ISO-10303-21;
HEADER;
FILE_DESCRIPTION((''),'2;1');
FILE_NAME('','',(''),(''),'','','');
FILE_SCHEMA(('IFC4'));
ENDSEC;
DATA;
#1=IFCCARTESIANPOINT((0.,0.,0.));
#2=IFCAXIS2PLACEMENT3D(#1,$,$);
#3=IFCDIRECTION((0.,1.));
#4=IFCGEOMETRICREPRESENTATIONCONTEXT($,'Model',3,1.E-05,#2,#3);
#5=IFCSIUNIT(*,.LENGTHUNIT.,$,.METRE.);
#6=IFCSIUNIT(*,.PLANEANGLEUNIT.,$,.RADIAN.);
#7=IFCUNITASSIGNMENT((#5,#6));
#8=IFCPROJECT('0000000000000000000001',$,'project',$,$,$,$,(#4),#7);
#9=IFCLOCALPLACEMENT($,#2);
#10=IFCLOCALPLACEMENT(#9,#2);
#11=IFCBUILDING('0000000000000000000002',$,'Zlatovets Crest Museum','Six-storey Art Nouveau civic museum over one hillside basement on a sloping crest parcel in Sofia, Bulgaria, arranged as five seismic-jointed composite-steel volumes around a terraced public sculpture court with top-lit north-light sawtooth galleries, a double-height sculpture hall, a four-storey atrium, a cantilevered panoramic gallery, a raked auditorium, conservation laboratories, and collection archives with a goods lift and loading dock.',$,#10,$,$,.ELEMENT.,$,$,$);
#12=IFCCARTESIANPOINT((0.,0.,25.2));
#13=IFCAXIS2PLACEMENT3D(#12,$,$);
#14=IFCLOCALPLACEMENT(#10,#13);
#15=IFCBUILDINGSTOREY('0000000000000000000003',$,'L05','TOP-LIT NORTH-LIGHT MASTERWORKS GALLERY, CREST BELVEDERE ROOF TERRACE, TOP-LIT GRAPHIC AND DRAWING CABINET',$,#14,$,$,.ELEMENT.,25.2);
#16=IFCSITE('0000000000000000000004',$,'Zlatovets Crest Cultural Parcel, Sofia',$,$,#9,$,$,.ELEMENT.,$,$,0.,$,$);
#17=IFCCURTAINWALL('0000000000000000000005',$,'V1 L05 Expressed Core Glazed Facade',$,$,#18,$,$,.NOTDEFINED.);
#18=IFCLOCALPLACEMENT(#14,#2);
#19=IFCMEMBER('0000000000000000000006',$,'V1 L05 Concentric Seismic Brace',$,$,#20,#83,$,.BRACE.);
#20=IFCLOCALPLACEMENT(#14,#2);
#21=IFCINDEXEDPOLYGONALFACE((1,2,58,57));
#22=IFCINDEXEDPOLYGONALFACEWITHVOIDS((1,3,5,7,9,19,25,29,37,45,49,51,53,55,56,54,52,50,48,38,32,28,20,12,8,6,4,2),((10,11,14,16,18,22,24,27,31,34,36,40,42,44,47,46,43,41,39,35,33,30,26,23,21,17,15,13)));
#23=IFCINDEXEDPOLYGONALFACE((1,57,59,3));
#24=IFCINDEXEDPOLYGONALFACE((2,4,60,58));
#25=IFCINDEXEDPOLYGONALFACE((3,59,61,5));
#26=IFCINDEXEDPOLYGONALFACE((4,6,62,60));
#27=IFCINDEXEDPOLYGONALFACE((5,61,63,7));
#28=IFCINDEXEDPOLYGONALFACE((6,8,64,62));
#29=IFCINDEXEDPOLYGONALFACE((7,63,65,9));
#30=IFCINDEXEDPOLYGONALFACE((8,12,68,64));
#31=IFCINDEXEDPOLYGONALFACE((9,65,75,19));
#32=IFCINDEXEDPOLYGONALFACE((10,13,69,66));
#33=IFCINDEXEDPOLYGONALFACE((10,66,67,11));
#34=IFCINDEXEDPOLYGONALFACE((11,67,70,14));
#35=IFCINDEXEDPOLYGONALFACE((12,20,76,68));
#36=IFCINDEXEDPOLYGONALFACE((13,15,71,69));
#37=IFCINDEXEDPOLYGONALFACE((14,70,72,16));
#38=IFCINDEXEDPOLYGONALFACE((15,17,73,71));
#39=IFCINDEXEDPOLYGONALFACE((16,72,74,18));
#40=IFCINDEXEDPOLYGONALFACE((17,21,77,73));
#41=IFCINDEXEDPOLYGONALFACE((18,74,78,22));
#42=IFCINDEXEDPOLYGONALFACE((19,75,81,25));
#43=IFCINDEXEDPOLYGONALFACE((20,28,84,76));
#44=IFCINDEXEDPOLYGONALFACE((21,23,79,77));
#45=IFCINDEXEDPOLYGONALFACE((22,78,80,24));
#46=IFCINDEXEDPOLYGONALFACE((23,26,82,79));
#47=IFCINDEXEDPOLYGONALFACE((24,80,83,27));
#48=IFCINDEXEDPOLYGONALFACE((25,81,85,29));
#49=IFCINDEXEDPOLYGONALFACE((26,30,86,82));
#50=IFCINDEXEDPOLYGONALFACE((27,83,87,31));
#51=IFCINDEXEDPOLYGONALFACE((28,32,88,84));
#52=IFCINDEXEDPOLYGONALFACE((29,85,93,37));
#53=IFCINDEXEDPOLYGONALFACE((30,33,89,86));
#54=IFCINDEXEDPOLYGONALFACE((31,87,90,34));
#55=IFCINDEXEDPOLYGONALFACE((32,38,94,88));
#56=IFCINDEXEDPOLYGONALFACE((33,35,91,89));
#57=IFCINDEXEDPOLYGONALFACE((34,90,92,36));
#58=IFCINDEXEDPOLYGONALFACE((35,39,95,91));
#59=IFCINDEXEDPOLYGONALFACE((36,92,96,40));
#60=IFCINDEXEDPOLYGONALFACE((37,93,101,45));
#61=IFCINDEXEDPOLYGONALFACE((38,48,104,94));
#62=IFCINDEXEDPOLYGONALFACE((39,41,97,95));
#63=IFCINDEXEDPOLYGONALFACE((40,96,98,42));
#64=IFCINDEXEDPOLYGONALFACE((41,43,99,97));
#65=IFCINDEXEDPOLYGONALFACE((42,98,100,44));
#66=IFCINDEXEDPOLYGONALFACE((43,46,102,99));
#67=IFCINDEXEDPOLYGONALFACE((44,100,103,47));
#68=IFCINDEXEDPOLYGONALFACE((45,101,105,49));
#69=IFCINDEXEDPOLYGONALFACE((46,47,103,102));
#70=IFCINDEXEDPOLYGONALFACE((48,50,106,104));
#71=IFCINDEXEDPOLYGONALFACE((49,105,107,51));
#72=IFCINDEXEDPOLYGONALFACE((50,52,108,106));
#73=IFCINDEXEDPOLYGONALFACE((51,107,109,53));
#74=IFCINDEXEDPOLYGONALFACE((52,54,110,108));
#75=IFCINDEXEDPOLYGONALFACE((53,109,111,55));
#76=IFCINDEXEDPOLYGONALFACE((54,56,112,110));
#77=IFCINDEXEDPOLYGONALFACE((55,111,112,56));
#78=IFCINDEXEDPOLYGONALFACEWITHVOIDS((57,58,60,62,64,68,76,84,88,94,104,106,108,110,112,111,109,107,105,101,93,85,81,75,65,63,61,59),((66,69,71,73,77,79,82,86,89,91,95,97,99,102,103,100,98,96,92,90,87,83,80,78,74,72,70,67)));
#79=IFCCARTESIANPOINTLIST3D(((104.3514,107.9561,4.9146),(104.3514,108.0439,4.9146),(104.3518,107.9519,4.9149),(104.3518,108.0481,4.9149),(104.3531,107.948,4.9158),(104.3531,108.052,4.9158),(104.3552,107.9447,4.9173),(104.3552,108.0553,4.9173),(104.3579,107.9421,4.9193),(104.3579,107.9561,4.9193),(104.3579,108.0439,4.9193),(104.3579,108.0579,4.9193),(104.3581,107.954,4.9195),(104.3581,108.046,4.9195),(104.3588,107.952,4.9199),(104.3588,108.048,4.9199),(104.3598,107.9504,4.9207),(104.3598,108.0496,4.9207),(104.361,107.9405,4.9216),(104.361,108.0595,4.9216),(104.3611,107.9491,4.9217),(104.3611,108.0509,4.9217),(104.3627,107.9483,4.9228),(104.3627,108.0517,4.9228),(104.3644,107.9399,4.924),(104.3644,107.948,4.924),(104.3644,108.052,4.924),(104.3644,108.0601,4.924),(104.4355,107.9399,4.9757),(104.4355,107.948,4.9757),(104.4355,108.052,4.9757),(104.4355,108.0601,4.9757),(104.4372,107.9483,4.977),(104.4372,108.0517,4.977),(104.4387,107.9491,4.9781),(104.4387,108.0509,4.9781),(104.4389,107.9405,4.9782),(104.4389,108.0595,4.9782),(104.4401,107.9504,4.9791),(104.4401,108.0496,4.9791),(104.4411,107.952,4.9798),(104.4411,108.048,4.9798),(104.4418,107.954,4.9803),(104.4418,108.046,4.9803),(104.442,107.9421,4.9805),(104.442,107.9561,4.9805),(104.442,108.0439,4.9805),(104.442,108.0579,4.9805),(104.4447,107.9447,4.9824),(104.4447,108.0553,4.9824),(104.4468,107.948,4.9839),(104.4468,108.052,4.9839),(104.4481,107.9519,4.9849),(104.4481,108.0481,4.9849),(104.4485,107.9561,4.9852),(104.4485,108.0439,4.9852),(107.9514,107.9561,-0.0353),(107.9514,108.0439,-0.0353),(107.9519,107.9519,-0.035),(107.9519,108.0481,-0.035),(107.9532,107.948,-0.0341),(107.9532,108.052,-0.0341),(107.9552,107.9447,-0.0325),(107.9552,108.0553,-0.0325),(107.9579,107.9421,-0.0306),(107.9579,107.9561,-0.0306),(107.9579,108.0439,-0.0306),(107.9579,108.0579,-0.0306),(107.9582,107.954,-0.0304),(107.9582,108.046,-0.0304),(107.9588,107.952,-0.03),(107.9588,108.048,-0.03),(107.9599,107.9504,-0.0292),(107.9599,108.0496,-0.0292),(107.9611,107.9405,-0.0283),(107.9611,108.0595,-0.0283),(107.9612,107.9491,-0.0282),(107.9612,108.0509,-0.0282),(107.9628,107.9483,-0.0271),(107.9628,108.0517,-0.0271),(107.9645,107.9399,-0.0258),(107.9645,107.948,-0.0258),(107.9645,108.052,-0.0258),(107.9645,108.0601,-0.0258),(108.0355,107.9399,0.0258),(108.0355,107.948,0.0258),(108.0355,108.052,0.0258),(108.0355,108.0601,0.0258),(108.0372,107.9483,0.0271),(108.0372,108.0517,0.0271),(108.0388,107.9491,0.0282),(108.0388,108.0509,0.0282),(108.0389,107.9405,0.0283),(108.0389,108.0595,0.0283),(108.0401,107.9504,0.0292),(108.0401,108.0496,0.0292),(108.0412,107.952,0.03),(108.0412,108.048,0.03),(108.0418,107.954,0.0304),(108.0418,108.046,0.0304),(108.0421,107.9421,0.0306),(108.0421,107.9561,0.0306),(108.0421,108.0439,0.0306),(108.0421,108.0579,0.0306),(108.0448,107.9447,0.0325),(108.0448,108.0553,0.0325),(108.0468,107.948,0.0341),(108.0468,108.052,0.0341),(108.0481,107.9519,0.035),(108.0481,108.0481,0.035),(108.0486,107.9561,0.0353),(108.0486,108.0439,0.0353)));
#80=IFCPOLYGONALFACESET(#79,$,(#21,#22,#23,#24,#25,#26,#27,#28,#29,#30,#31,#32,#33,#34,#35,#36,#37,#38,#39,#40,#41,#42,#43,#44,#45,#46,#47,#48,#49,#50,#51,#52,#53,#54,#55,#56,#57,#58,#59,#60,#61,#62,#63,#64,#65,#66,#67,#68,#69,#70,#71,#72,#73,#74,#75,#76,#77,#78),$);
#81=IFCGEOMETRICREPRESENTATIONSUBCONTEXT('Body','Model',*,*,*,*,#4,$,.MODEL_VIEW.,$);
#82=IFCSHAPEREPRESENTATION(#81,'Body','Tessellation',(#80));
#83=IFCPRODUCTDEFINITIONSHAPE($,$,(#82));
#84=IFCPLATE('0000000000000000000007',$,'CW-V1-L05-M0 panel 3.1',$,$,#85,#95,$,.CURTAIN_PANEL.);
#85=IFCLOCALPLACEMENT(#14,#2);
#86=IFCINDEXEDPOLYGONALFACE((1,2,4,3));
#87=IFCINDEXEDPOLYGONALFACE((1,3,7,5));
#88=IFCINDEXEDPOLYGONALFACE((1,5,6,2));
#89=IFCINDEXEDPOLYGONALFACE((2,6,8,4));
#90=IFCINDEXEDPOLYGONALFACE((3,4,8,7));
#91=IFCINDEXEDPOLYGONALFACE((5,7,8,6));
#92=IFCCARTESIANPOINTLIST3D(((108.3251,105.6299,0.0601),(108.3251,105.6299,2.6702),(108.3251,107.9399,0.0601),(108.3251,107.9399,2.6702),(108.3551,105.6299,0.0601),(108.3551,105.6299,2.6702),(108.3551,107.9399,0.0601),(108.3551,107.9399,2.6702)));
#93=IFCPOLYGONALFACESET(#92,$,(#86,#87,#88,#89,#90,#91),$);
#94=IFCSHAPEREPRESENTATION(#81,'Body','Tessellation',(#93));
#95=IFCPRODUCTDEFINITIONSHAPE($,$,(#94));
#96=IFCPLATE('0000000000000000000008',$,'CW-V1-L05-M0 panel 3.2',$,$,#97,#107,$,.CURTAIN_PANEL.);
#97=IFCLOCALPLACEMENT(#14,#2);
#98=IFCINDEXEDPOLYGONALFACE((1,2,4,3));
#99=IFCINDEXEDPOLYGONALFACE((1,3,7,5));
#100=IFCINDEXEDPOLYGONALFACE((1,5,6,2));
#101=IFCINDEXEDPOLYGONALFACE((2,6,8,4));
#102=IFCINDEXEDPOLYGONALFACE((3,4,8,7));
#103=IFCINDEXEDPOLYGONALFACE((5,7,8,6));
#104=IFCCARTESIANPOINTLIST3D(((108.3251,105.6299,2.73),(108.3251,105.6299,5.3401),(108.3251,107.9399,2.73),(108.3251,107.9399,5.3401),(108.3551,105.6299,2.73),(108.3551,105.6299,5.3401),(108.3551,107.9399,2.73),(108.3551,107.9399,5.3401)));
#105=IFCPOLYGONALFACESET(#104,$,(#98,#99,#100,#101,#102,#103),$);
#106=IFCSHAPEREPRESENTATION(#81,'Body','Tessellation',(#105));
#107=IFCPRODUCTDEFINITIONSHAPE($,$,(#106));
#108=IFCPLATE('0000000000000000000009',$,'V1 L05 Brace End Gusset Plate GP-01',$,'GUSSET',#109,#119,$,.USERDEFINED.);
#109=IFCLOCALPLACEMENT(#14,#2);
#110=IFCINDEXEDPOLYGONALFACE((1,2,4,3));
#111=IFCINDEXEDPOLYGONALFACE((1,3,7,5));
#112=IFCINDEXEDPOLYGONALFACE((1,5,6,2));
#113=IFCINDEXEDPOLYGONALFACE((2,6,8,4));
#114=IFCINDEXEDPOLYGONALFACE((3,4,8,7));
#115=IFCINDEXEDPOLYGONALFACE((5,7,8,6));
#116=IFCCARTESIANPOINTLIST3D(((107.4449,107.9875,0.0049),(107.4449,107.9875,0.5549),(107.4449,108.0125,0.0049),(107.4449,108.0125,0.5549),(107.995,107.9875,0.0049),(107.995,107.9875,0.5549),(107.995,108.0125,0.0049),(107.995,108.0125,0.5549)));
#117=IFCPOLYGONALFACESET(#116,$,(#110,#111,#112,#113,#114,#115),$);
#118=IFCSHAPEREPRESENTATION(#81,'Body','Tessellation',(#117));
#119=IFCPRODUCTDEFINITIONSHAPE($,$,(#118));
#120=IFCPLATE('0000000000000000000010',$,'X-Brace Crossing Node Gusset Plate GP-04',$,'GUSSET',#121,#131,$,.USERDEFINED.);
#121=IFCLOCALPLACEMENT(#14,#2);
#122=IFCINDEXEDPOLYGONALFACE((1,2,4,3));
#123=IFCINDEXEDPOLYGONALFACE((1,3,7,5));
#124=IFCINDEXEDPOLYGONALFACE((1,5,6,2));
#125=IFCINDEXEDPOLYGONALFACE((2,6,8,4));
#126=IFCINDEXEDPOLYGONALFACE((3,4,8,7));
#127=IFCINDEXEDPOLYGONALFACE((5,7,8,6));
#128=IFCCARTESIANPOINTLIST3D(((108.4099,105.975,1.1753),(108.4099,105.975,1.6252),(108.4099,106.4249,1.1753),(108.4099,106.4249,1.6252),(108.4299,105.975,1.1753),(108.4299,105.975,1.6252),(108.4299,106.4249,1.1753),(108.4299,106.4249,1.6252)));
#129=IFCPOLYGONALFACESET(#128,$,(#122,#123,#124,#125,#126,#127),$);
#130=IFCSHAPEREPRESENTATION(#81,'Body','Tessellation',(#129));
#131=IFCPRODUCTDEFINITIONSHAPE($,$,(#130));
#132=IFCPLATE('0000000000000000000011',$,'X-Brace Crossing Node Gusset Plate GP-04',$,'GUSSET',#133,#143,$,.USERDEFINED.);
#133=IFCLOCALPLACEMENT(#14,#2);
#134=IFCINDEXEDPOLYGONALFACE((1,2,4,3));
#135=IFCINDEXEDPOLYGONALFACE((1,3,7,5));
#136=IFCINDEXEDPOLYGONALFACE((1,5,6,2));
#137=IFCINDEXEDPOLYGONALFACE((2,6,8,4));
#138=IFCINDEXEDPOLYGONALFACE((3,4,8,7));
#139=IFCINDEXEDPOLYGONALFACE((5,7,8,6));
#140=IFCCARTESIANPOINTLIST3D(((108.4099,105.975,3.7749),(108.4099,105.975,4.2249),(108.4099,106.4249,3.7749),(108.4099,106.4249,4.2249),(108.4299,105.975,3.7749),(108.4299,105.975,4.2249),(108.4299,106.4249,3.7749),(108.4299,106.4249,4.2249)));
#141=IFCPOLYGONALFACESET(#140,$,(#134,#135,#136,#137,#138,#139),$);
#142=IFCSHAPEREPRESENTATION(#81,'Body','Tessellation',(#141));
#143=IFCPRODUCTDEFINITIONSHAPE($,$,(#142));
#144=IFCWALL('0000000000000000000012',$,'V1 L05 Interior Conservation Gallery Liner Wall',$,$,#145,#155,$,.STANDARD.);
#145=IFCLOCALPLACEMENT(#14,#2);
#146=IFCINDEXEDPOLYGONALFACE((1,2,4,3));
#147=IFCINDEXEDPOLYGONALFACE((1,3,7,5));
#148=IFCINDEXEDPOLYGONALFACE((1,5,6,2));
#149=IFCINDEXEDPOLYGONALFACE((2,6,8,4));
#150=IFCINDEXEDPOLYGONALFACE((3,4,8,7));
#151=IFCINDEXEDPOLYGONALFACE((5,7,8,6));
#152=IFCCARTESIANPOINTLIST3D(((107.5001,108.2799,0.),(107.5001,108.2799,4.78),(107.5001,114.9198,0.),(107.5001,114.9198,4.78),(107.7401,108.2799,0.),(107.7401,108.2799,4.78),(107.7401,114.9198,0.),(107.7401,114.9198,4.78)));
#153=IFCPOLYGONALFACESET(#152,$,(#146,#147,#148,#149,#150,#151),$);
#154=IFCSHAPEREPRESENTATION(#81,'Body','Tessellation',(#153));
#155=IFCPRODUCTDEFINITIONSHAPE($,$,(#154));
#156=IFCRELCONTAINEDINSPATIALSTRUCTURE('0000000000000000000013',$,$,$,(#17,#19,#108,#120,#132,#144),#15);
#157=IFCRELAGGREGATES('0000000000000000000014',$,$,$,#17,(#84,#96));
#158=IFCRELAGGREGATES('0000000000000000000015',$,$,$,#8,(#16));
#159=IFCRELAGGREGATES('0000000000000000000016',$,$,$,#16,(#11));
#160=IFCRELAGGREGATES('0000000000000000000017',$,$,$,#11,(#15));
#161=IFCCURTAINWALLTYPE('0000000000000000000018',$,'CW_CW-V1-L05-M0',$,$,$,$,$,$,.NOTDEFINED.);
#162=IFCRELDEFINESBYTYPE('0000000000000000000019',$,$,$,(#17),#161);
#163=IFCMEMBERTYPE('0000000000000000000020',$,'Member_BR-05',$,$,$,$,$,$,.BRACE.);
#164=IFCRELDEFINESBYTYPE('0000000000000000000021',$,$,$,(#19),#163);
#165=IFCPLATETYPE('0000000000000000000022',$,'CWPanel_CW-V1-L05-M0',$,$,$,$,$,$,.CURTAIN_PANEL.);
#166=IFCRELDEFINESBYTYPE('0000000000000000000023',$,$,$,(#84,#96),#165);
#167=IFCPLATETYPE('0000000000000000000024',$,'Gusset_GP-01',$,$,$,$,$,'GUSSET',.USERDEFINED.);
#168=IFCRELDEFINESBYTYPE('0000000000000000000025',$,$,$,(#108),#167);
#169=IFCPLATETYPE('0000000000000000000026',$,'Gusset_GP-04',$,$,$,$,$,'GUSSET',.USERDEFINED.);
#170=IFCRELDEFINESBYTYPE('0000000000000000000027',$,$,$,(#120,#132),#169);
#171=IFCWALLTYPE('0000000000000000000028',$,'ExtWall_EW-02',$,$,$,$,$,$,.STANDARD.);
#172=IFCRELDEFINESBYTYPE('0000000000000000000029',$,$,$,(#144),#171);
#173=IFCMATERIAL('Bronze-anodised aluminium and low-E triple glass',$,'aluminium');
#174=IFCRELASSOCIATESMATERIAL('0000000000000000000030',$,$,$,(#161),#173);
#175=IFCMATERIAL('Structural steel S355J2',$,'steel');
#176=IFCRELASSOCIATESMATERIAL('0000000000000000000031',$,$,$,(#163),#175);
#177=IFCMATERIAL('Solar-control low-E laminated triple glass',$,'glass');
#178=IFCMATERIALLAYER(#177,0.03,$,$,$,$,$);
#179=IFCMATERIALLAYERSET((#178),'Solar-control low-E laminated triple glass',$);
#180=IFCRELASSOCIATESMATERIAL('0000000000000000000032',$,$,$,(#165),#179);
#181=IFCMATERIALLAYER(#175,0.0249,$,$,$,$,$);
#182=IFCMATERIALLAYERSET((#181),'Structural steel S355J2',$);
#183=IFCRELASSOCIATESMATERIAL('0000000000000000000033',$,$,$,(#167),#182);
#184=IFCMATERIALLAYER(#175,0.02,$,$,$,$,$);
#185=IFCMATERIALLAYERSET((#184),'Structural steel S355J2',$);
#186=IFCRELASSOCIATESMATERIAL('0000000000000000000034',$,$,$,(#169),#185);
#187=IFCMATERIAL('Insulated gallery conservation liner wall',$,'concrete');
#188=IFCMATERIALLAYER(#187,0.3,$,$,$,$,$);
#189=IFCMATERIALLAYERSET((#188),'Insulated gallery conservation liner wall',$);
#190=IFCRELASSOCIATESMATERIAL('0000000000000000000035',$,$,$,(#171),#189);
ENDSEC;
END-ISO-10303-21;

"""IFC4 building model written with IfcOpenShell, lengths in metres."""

from ifc_helpers import new_model, si_unit, direction, frame, frame_2d, origin, origin_2d, place, context, subcontext, project, spatial, rectangle, hollow_rectangle, extrude, material, layer, layer_set, material_profile, profile_set, type_object, element, aggregate, save


model = new_model("IFC4")

# Units and contexts
model_context = context("Model", 3, precision=1e-05, world=origin(), true_north=direction((0.0, 1.0)))
body_context = subcontext(model_context, "Body", "Model", "MODEL_VIEW")
ifc_project = project(units=[si_unit("LENGTHUNIT", "METRE"), si_unit("PLANEANGLEUNIT", "RADIAN")], contexts=[model_context])

# Site, building, storey
site_placement = place(None, origin())
site = spatial("IfcSite", under=ifc_project, at=site_placement, Name="Zlatovets Crest Cultural Parcel, Sofia", CompositionType="ELEMENT", RefElevation=0.0)
building_placement = place(site_placement, origin())
building = spatial("IfcBuilding", under=site, at=building_placement, Name="Zlatovets Crest Museum", Description="Six-storey Art Nouveau civic museum over one hillside basement on a sloping crest parcel in Sofia, Bulgaria, arranged as five seismic-jointed composite-steel volumes around a terraced public sculpture court with top-lit north-light sawtooth galleries, a double-height sculpture hall, a four-storey atrium, a cantilevered panoramic gallery, a raked auditorium, conservation laboratories, and collection archives with a goods lift and loading dock.", CompositionType="ELEMENT")
storey_placement = place(building_placement, frame((0.0, 0.0, 25.2)))
storey = spatial("IfcBuildingStorey", under=building, at=storey_placement, Name="L05", Description="TOP-LIT NORTH-LIGHT MASTERWORKS GALLERY, CREST BELVEDERE ROOF TERRACE, TOP-LIT GRAPHIC AND DRAWING CABINET", CompositionType="ELEMENT", Elevation=25.2)

# Shared definitions
ifc_material_1 = material(Name="Structural steel S355J2", Category="steel")

# Curtain wall
ifc_material_2 = material(Name="Bronze-anodised aluminium and low-E triple glass", Category="aluminium")
curtain_wall_type = type_object("IfcCurtainWallType", Name="CW_CW-V1-L05-M0", PredefinedType="NOTDEFINED", material=ifc_material_2)
curtain_wall_placement = place(storey_placement, origin())
curtain_wall = element("IfcCurtainWall", 1, at=curtain_wall_placement, inside=storey, type_object=curtain_wall_type, Name="V1 L05 Expressed Core Glazed Facade", PredefinedType="NOTDEFINED")

# Member
ifc_material_profile_1 = material_profile(ifc_material_1, hollow_rectangle(XDim=0.1201, YDim=0.1201, WallThickness=0.0081, InnerFilletRadius=0.0081, OuterFilletRadius=0.0161, at=origin_2d()), Name="SHS 120x120x8.0")
ifc_profile_set_1 = profile_set([ifc_material_profile_1], Name="Structural steel S355J2")
member_type_1 = type_object("IfcMemberType", Name="Member_BR-05", PredefinedType="BRACE", material=ifc_profile_set_1)
member_1_placement = place(storey_placement, frame((108.0, 108.0, 0.0), z_axis=(-0.588186, 0.0, 0.808726), x_axis=(0.0, -1.0, 0.0)))
element("IfcMember", 2, at=member_1_placement, inside=storey, type_object=member_type_1, Name="V1 L05 Concentric Seismic Brace", PredefinedType="BRACE", context=body_context, shape_type="SweptSolid", body=[
    extrude(hollow_rectangle(XDim=0.1201, YDim=0.1201, WallThickness=0.0081, InnerFilletRadius=0.0081, OuterFilletRadius=0.0161, at=origin_2d()), origin(), (0.0, 0.0, 1.0), 6.1206),
])

# Plates
ifc_material_3 = material(Name="Solar-control low-E laminated triple glass", Category="glass")
ifc_layer_1 = layer(ifc_material_3, 0.03)
ifc_layer_set_1 = layer_set([ifc_layer_1], Name="Solar-control low-E laminated triple glass")
plate_type_1 = type_object("IfcPlateType", Name="CWPanel_CW-V1-L05-M0", PredefinedType="CURTAIN_PANEL", material=ifc_layer_set_1)
plate_1_placement = place(storey_placement, frame((108.3401, 106.7849, 0.0601), z_axis=(0.0, 0.0, 1.0), x_axis=(0.0, 1.0, 0.0)))
plate_1 = element("IfcPlate", 3, at=plate_1_placement, type_object=plate_type_1, Name="CW-V1-L05-M0 panel 3.1", PredefinedType="CURTAIN_PANEL", context=body_context, shape_type="SweptSolid", body=[
    extrude(rectangle(XDim=2.3101, YDim=0.03, at=origin_2d()), origin(), (0.0, 0.0, 1.0), 2.6101),
])
plate_2_placement = place(storey_placement, frame((108.3401, 106.7849, 2.73), z_axis=(0.0, 0.0, 1.0), x_axis=(0.0, 1.0, 0.0)))
plate_2 = element("IfcPlate", 4, at=plate_2_placement, type_object=plate_type_1, Name="CW-V1-L05-M0 panel 3.2", PredefinedType="CURTAIN_PANEL", context=body_context, shape_type="SweptSolid", body=[
    extrude(rectangle(XDim=2.3101, YDim=0.03, at=origin_2d()), origin(), (0.0, 0.0, 1.0), 2.6101),
])
aggregate(curtain_wall, [plate_1, plate_2])

# Plates
ifc_layer_2 = layer(ifc_material_1, 0.0249)
ifc_layer_set_2 = layer_set([ifc_layer_2], Name="Structural steel S355J2")
plate_type_2 = type_object("IfcPlateType", Name="Gusset_GP-01", ElementType="GUSSET", PredefinedType="USERDEFINED", material=ifc_layer_set_2)
plate_3_placement = place(storey_placement, frame((107.72, 108.0, 0.0049), z_axis=(0.0, 0.0, 1.0), x_axis=(1.0, 0.0, 0.0)))
element("IfcPlate", 5, at=plate_3_placement, inside=storey, type_object=plate_type_2, Name="V1 L05 Brace End Gusset Plate GP-01", ObjectType="GUSSET", PredefinedType="USERDEFINED", context=body_context, shape_type="SweptSolid", body=[
    extrude(rectangle(XDim=0.55, YDim=0.0249, at=origin_2d()), origin(), (0.0, 0.0, 1.0), 0.55),
])
ifc_layer_3 = layer(ifc_material_1, 0.02)
ifc_layer_set_3 = layer_set([ifc_layer_3], Name="Structural steel S355J2")
plate_type_3 = type_object("IfcPlateType", Name="Gusset_GP-04", ElementType="GUSSET", PredefinedType="USERDEFINED", material=ifc_layer_set_3)
for number, where, z_axis, x_axis, name in (
    (6, (108.4199, 106.2, 1.1753), (0.0, 0.0, 1.0), (1.0, 0.0, 0.0), "X-Brace Crossing Node Gusset Plate GP-04"),
    (7, (108.4199, 106.2, 3.7749), (0.0, 0.0, 1.0), (1.0, 0.0, 0.0), "X-Brace Crossing Node Gusset Plate GP-04"),
):
    element("IfcPlate", number, at=place(storey_placement, frame(where, z_axis=z_axis, x_axis=x_axis)), inside=storey, type_object=plate_type_3, Name=name, ObjectType="GUSSET", PredefinedType="USERDEFINED", context=body_context, shape_type="SweptSolid", body=[
        extrude(rectangle(XDim=0.02, YDim=0.45, at=origin_2d()), origin(), (0.0, 0.0, 1.0), 0.45),
    ])

# Wall
ifc_material_4 = material(Name="Insulated gallery conservation liner wall", Category="concrete")
ifc_layer_4 = layer(ifc_material_4, 0.3)
ifc_layer_set_4 = layer_set([ifc_layer_4], Name="Insulated gallery conservation liner wall")
wall_type_1 = type_object("IfcWallType", Name="ExtWall_EW-02", PredefinedType="STANDARD", material=ifc_layer_set_4)
wall_1_placement = place(storey_placement, frame((107.6201, 108.28, 0.0), z_axis=(0.0, 0.0, 1.0), x_axis=(0.0, 1.0, 0.0)))
element("IfcWall", 8, at=wall_1_placement, inside=storey, type_object=wall_type_1, Name="V1 L05 Interior Conservation Gallery Liner Wall", PredefinedType="STANDARD", context=body_context, shape_type="SweptSolid", body=[
    extrude(rectangle(XDim=6.6399, YDim=0.24, at=frame_2d((3.3198, 0.0))), origin(), (0.0, 0.0, 1.0), 4.78),
])

save(model, "model.ifc")
